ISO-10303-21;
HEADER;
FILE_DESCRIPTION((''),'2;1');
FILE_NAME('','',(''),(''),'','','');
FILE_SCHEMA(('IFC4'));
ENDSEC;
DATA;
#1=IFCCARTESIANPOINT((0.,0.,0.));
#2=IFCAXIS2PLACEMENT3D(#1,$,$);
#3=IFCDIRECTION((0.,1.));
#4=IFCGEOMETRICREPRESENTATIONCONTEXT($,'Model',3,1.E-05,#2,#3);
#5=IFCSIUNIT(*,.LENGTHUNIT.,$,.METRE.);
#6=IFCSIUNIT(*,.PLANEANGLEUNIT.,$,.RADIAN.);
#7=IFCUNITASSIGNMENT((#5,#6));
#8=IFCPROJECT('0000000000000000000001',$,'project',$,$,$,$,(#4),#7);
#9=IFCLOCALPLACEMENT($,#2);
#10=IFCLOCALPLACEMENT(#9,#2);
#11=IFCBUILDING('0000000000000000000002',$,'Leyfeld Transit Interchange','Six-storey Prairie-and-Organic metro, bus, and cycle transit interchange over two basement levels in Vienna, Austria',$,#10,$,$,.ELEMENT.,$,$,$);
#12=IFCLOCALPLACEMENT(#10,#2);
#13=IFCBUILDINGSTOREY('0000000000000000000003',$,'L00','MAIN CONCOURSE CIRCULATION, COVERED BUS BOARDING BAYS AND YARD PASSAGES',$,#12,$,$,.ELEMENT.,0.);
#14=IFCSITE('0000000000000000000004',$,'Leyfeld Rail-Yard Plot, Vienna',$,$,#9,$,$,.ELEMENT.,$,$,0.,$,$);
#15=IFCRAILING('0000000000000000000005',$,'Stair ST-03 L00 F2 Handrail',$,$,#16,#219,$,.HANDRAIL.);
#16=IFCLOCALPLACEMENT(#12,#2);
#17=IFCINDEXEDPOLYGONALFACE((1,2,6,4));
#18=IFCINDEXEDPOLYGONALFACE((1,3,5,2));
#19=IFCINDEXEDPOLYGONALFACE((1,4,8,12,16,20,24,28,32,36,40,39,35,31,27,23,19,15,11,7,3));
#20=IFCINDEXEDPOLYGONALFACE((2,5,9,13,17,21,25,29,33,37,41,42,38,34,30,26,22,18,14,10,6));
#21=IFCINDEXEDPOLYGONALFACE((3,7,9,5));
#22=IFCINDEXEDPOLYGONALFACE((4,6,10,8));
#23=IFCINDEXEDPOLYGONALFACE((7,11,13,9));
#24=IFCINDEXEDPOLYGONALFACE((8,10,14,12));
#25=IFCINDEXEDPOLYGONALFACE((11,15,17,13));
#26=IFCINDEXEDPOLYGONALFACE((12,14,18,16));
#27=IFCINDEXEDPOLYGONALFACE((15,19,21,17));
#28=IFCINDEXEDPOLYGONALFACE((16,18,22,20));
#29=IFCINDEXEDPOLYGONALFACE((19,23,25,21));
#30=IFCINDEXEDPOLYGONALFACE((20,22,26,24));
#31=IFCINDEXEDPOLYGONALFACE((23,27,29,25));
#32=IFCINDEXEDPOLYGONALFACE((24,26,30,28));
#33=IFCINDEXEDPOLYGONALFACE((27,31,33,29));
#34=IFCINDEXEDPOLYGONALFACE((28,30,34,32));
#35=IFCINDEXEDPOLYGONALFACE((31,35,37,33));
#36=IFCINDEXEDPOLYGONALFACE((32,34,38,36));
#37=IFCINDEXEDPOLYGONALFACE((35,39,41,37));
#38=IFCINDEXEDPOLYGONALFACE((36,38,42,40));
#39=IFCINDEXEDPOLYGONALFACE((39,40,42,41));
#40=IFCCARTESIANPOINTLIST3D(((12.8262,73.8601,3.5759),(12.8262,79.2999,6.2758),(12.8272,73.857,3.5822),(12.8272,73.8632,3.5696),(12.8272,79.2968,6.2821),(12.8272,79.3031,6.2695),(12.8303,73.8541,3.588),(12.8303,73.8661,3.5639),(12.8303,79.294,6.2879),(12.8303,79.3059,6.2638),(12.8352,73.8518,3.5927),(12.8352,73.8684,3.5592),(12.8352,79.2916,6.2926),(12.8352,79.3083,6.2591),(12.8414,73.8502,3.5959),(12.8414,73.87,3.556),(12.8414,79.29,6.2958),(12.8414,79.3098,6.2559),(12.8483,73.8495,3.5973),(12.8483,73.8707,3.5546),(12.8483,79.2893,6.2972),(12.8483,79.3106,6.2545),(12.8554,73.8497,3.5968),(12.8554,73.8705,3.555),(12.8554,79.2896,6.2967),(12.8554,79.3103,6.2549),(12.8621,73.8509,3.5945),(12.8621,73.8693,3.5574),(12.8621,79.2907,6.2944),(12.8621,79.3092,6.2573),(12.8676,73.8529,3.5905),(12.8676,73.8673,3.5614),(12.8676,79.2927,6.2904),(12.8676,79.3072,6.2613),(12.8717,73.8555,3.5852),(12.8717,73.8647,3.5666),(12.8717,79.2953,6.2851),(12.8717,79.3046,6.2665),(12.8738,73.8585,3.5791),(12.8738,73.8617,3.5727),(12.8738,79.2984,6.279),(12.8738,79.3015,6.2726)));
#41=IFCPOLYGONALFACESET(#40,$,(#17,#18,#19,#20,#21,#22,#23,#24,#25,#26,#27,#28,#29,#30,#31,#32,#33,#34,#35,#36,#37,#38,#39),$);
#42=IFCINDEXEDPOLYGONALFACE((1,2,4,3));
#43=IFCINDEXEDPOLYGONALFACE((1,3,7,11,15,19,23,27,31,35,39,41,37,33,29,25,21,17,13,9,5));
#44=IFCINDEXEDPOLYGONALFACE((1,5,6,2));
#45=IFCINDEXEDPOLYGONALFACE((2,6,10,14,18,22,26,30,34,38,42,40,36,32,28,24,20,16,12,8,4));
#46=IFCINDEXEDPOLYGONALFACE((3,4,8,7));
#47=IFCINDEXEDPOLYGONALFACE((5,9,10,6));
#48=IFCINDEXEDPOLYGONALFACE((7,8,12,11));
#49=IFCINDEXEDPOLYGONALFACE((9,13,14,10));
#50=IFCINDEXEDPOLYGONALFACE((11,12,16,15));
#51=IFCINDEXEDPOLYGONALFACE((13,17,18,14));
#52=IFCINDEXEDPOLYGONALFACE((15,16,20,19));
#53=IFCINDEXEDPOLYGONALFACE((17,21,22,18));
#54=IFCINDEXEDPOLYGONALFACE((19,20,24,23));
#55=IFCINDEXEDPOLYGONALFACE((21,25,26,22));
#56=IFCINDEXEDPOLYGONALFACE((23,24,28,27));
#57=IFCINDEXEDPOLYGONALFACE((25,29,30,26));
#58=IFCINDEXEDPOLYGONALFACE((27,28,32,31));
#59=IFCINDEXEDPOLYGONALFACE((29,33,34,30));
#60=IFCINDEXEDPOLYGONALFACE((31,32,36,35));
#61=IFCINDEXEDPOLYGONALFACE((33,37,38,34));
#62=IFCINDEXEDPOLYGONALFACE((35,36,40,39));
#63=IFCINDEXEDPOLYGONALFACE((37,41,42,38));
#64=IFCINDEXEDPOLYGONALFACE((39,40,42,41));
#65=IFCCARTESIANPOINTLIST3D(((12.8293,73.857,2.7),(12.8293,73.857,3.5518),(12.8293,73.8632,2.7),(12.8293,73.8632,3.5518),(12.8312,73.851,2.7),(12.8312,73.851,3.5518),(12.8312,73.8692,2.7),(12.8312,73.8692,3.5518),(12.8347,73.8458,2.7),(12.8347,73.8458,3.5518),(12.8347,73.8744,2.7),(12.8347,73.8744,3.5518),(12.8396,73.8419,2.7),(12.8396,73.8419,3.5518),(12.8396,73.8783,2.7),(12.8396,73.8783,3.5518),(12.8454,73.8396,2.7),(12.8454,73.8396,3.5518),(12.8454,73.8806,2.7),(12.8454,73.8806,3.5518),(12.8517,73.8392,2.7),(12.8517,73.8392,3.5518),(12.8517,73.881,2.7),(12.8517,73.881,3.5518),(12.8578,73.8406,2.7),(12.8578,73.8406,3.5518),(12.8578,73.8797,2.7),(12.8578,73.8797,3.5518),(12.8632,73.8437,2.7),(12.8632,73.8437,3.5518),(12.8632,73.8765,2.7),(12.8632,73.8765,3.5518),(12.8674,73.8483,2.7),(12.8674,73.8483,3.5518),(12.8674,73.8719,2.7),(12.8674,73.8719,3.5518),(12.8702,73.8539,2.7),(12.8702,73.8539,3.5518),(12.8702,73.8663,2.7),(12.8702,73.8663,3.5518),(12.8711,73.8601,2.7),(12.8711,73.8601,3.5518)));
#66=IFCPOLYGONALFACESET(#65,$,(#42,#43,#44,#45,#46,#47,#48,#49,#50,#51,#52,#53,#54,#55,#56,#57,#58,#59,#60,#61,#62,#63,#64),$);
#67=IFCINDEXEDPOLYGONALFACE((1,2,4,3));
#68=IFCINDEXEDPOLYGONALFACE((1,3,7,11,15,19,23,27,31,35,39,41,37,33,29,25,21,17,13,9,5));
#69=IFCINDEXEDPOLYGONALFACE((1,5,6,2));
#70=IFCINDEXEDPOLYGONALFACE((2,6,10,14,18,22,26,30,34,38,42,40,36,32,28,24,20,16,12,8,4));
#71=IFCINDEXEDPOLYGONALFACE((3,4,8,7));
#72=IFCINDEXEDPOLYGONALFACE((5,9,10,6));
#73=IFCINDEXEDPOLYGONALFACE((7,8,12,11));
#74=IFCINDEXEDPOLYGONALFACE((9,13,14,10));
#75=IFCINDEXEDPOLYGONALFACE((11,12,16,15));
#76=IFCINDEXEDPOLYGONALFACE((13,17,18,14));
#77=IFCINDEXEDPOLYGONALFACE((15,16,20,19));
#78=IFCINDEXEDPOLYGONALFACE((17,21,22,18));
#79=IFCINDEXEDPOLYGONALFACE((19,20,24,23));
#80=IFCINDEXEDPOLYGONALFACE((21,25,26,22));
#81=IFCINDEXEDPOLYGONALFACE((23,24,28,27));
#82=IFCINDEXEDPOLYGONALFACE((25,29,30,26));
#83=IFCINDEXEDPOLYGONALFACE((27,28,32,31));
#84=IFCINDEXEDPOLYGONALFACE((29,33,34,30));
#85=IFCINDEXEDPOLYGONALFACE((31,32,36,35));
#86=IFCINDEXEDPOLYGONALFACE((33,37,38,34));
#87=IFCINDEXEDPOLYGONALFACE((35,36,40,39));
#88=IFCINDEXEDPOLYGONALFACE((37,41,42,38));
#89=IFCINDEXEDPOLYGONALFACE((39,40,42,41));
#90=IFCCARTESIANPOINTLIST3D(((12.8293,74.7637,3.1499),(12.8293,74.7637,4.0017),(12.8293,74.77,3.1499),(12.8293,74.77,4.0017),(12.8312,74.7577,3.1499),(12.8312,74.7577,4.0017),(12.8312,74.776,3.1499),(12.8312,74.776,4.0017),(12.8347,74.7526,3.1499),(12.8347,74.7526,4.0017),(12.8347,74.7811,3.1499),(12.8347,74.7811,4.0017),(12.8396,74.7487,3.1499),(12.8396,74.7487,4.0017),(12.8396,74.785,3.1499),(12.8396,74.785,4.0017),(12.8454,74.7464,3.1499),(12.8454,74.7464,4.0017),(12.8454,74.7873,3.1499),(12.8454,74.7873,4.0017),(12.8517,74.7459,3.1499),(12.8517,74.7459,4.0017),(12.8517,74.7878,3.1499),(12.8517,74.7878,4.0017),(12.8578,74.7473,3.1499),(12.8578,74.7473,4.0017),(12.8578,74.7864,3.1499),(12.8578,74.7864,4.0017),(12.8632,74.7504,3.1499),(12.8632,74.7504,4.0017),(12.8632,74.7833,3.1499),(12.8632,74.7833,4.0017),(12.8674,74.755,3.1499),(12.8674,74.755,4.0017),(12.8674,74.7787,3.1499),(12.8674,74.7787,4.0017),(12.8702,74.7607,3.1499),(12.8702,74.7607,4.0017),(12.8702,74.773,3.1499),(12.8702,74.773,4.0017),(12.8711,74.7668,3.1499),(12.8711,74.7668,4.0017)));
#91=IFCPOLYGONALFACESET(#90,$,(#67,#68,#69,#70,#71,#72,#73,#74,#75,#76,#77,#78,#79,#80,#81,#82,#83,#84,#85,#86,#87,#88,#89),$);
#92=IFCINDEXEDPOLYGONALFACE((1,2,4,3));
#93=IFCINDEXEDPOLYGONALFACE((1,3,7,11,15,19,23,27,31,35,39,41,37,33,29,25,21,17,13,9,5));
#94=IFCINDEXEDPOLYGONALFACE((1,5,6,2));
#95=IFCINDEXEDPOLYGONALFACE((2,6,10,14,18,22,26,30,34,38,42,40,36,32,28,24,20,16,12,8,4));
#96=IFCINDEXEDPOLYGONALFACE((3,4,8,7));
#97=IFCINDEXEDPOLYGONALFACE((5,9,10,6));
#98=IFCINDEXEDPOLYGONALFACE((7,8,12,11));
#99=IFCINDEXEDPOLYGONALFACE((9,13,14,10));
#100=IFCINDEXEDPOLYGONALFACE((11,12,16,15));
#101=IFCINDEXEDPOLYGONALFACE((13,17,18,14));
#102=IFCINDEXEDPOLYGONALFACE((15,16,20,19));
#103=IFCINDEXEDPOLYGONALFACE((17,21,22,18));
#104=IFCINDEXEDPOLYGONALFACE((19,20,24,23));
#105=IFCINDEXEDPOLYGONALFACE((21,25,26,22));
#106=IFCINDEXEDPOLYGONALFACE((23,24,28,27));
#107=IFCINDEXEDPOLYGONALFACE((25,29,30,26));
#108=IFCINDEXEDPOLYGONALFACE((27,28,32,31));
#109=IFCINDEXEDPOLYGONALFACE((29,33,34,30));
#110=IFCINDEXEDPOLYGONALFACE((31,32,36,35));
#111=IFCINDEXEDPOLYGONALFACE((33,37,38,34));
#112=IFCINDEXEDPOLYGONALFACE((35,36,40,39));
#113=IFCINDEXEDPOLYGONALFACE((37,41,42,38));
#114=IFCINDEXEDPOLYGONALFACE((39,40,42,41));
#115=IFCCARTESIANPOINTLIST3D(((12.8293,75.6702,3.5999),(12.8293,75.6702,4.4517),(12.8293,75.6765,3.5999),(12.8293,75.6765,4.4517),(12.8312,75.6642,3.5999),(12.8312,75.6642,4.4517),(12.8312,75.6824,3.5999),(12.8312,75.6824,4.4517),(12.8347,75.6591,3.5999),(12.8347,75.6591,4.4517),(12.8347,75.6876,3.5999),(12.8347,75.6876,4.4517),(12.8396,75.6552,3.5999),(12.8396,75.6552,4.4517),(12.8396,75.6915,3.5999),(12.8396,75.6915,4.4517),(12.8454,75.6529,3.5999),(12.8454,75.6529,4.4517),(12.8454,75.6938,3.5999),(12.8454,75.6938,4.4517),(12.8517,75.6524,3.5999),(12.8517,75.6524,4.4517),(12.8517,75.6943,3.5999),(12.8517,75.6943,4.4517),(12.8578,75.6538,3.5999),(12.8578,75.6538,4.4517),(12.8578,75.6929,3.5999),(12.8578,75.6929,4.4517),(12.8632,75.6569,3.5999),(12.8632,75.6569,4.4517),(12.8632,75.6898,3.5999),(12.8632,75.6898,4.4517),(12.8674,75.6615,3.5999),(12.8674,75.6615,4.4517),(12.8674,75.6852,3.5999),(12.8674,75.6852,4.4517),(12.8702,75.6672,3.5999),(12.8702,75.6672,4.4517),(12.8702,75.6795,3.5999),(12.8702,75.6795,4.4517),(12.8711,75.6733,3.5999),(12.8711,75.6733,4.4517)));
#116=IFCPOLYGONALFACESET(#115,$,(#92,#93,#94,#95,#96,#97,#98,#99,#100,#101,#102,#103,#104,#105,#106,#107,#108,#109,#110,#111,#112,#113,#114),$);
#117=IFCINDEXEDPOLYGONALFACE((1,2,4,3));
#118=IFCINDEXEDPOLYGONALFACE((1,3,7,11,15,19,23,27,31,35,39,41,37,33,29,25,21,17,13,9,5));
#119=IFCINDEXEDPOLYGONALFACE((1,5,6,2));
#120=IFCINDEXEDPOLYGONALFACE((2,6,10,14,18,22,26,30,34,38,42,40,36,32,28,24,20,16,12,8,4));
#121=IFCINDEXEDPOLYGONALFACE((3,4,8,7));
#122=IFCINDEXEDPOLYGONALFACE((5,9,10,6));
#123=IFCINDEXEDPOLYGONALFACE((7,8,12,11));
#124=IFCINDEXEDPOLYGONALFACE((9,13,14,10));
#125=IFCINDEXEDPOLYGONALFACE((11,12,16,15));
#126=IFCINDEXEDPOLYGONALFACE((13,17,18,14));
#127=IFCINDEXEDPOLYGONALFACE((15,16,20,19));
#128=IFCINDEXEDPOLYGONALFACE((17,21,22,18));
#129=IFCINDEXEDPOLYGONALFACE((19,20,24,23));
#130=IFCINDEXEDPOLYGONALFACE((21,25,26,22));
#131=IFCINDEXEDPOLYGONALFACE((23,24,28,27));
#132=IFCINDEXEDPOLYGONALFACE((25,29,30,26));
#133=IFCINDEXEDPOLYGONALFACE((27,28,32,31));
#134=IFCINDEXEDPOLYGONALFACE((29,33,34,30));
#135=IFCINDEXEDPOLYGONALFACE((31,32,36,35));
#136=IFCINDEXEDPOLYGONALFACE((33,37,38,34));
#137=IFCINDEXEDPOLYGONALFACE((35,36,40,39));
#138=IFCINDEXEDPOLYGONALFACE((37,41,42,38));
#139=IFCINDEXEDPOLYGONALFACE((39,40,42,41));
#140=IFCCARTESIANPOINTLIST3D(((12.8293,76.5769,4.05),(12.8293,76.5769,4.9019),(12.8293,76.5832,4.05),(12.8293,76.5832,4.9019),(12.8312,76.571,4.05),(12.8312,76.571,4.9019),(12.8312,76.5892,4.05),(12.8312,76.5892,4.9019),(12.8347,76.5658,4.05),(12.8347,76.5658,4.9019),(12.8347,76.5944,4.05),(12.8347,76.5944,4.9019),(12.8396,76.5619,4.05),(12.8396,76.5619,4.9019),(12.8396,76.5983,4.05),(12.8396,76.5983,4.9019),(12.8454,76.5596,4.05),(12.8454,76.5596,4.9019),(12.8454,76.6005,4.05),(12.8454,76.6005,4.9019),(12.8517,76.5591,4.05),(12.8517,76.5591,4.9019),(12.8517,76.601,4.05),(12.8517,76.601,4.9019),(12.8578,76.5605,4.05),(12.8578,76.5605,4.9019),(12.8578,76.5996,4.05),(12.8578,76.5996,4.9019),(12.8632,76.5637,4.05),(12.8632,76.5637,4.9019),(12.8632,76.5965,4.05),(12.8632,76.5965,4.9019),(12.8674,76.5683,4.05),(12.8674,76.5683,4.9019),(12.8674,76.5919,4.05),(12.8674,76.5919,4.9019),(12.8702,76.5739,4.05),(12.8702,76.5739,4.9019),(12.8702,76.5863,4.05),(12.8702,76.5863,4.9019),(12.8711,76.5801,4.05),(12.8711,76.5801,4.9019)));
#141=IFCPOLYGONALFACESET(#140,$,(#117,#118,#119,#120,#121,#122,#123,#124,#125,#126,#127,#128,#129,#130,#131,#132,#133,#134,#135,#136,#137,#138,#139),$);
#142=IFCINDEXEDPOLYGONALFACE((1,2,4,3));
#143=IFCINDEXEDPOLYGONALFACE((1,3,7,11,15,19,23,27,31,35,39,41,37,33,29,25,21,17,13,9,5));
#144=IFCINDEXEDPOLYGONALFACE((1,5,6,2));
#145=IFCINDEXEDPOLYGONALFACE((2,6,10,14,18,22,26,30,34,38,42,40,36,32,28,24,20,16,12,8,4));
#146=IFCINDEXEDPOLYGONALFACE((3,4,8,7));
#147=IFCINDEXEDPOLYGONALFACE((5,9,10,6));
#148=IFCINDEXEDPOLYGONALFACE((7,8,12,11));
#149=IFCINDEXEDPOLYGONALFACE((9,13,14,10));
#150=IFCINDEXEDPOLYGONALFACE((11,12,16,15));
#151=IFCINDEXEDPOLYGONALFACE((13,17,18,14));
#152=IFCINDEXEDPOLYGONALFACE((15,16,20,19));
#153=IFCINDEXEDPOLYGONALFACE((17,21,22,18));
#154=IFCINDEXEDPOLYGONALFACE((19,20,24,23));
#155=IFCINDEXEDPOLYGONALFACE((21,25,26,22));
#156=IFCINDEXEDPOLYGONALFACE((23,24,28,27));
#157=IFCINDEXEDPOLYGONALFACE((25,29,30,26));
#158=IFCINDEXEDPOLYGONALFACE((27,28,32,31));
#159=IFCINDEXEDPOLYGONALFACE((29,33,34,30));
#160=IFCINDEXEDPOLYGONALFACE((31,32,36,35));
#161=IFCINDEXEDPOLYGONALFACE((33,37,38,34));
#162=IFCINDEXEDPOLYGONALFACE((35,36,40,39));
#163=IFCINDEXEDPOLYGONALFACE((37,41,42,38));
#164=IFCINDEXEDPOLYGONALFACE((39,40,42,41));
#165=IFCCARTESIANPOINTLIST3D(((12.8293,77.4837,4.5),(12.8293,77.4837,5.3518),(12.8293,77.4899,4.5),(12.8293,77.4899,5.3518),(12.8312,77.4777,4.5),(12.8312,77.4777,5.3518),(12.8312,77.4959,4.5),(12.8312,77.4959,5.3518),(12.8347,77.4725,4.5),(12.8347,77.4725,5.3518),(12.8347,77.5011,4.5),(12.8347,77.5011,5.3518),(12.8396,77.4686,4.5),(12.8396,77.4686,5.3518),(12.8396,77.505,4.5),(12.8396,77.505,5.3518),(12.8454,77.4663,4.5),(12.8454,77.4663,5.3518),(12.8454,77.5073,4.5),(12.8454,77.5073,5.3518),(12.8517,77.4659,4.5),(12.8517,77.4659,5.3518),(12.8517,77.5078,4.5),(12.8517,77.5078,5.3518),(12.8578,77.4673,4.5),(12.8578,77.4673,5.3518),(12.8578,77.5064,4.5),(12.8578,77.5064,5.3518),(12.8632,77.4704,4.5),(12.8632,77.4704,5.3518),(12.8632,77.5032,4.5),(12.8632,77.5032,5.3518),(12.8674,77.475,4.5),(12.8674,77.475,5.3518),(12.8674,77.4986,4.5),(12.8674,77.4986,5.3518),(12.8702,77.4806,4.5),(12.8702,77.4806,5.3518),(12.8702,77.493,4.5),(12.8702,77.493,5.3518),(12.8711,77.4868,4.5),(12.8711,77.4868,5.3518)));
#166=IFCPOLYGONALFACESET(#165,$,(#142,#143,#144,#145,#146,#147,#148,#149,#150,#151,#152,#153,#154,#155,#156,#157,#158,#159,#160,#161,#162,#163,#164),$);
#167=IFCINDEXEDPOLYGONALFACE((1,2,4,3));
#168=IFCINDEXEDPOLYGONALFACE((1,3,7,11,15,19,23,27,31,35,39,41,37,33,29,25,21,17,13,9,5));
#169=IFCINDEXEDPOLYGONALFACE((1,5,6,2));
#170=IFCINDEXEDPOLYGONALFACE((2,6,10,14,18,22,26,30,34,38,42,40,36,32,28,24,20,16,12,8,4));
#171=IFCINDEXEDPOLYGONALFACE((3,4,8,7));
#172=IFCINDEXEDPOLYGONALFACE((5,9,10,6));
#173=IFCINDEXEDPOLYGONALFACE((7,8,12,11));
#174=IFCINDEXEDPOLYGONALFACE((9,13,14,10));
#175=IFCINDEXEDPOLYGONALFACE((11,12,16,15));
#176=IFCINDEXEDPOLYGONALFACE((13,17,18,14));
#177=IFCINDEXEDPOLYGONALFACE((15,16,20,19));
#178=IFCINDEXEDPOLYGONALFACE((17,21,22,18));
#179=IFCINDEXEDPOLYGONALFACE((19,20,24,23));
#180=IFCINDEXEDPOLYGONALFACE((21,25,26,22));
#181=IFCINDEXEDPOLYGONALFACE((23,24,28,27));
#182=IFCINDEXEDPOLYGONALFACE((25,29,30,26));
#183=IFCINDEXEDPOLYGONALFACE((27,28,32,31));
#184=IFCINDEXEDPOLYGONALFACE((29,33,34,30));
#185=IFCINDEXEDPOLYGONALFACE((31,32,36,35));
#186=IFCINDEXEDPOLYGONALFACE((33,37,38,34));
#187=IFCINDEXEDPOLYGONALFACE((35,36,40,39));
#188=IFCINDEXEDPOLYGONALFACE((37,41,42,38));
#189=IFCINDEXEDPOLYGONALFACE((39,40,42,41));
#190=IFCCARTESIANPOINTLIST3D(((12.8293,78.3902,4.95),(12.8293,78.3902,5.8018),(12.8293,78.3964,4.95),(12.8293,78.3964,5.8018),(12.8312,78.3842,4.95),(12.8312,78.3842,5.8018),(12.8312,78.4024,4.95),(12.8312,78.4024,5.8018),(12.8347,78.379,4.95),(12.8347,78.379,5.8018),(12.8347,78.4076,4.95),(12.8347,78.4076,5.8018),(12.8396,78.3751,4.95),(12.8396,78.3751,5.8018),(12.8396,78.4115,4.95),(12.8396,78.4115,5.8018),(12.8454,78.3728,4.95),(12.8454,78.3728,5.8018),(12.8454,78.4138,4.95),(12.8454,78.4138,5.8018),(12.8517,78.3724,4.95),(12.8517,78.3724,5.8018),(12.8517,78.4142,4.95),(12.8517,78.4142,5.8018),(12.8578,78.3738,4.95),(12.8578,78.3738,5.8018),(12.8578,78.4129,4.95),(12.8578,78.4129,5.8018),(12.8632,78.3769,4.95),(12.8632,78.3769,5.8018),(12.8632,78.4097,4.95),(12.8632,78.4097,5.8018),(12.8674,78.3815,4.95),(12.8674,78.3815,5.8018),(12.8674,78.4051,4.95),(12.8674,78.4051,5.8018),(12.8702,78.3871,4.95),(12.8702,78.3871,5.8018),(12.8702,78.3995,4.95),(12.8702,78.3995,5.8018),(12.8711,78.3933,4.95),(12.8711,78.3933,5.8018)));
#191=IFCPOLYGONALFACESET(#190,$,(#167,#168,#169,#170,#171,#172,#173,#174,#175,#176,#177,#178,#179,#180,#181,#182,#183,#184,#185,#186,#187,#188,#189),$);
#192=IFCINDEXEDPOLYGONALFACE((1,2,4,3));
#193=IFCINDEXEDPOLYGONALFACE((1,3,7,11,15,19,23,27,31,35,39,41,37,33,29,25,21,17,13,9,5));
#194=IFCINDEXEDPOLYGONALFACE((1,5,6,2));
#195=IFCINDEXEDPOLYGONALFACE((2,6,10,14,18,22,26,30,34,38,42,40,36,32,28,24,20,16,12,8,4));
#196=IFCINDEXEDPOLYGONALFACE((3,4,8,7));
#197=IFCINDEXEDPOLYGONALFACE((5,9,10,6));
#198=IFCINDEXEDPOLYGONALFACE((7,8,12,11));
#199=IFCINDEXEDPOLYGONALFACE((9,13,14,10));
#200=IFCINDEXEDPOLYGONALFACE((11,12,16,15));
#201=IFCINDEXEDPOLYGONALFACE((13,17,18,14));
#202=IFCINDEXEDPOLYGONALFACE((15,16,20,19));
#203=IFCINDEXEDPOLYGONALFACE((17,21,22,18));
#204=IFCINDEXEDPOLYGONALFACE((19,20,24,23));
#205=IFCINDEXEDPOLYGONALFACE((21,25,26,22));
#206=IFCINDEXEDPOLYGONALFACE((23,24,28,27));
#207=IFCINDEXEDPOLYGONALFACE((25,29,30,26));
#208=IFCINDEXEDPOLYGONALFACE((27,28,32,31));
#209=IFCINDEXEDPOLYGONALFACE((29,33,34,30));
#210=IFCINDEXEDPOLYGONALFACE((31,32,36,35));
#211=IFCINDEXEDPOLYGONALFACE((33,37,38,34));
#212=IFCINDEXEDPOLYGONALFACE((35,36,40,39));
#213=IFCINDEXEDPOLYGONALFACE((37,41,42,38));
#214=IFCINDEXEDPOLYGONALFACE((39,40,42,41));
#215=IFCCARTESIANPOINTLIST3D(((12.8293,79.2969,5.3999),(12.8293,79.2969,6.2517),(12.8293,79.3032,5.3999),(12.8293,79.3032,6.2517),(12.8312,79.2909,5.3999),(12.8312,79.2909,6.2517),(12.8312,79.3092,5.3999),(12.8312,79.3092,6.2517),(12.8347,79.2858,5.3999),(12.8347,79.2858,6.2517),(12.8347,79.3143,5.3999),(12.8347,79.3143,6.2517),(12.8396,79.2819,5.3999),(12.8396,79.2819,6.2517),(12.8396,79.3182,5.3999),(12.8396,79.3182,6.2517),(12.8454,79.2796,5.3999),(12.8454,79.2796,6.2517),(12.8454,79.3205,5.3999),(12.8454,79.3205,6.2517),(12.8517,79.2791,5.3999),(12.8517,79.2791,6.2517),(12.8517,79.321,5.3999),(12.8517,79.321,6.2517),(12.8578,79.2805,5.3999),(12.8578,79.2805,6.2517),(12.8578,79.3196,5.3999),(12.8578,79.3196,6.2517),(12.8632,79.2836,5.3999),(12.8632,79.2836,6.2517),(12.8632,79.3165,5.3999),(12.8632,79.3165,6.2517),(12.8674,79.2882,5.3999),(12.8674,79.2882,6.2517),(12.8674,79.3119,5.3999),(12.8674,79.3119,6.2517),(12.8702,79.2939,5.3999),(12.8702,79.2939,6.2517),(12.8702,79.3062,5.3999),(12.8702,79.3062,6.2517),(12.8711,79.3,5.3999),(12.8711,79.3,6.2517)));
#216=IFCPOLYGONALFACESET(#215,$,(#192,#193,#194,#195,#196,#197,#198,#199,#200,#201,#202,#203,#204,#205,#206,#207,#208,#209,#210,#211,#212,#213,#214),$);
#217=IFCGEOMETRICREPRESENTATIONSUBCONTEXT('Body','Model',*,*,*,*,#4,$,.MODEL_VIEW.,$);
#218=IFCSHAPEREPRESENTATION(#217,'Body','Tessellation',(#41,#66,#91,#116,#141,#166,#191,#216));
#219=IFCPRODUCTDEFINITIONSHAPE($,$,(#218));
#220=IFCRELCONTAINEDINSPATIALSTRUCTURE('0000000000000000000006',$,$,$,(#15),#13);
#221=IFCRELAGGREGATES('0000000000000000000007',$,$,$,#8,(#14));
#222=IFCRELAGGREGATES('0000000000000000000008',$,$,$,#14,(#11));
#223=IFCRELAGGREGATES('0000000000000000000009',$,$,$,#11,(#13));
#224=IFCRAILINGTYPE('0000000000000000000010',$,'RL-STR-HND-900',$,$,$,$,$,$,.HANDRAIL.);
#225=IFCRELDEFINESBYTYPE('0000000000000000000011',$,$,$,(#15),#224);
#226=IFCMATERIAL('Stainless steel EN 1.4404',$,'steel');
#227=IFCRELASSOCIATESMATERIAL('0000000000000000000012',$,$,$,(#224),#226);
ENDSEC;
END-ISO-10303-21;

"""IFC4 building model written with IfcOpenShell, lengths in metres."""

from ifc_helpers import new_model, si_unit, direction, frame, origin, origin_2d, place, context, subcontext, project, spatial, circle, extrude, material, type_object, element, save


model = new_model("IFC4")

# Units and contexts
model_context = context("Model", 3, precision=1e-05, world=origin(), true_north=direction((0.0, 1.0)))
body_context = subcontext(model_context, "Body", "Model", "MODEL_VIEW")
ifc_project = project(units=[si_unit("LENGTHUNIT", "METRE"), si_unit("PLANEANGLEUNIT", "RADIAN")], contexts=[model_context])

# Site, building, storey
site_placement = place(None, origin())
site = spatial("IfcSite", under=ifc_project, at=site_placement, Name="Leyfeld Rail-Yard Plot, Vienna", CompositionType="ELEMENT", RefElevation=0.0)
building_placement = place(site_placement, origin())
building = spatial("IfcBuilding", under=site, at=building_placement, Name="Leyfeld Transit Interchange", Description="Six-storey Prairie-and-Organic metro, bus, and cycle transit interchange over two basement levels in Vienna, Austria", CompositionType="ELEMENT")
storey_placement = place(building_placement, origin())
storey = spatial("IfcBuildingStorey", under=building, at=storey_placement, Name="L00", Description="MAIN CONCOURSE CIRCULATION, COVERED BUS BOARDING BAYS AND YARD PASSAGES", CompositionType="ELEMENT", Elevation=0.0)

# Railing
ifc_material_1 = material(Name="Stainless steel EN 1.4404", Category="steel")
railing_type_1 = type_object("IfcRailingType", Name="RL-STR-HND-900", PredefinedType="HANDRAIL", material=ifc_material_1)
railing_1_placement = place(storey_placement, frame((12.8501, 73.8601, 2.7)))
element("IfcRailing", 1, at=railing_1_placement, inside=storey, type_object=railing_type_1, Name="Stair ST-03 L00 F2 Handrail", PredefinedType="HANDRAIL", context=body_context, shape_type="SweptSolid", body=[
    extrude(circle(Radius=0.0239, at=origin_2d()), frame((0.0, 0.0, 0.876), z_axis=(0.0, 0.895742, 0.444575), x_axis=(-1.0, 0.0, 0.0)), (0.0, 0.0, 1.0), 6.073),
    extrude(circle(Radius=0.021, at=origin_2d()), origin(), (0.0, 0.0, 1.0), 0.8518),
    extrude(circle(Radius=0.021, at=origin_2d()), frame((0.0, 0.9067, 0.45)), (0.0, 0.0, 1.0), 0.8518),
    extrude(circle(Radius=0.021, at=origin_2d()), frame((0.0, 1.8132, 0.8999)), (0.0, 0.0, 1.0), 0.8518),
    extrude(circle(Radius=0.021, at=origin_2d()), frame((0.0, 2.72, 1.3501)), (0.0, 0.0, 1.0), 0.8518),
    extrude(circle(Radius=0.021, at=origin_2d()), frame((0.0, 3.6267, 1.8)), (0.0, 0.0, 1.0), 0.8518),
    extrude(circle(Radius=0.021, at=origin_2d()), frame((0.0, 4.5332, 2.25)), (0.0, 0.0, 1.0), 0.8518),
    extrude(circle(Radius=0.021, at=origin_2d()), frame((0.0, 5.4399, 2.7)), (0.0, 0.0, 1.0), 0.8518),
])

save(model, "model.ifc")
